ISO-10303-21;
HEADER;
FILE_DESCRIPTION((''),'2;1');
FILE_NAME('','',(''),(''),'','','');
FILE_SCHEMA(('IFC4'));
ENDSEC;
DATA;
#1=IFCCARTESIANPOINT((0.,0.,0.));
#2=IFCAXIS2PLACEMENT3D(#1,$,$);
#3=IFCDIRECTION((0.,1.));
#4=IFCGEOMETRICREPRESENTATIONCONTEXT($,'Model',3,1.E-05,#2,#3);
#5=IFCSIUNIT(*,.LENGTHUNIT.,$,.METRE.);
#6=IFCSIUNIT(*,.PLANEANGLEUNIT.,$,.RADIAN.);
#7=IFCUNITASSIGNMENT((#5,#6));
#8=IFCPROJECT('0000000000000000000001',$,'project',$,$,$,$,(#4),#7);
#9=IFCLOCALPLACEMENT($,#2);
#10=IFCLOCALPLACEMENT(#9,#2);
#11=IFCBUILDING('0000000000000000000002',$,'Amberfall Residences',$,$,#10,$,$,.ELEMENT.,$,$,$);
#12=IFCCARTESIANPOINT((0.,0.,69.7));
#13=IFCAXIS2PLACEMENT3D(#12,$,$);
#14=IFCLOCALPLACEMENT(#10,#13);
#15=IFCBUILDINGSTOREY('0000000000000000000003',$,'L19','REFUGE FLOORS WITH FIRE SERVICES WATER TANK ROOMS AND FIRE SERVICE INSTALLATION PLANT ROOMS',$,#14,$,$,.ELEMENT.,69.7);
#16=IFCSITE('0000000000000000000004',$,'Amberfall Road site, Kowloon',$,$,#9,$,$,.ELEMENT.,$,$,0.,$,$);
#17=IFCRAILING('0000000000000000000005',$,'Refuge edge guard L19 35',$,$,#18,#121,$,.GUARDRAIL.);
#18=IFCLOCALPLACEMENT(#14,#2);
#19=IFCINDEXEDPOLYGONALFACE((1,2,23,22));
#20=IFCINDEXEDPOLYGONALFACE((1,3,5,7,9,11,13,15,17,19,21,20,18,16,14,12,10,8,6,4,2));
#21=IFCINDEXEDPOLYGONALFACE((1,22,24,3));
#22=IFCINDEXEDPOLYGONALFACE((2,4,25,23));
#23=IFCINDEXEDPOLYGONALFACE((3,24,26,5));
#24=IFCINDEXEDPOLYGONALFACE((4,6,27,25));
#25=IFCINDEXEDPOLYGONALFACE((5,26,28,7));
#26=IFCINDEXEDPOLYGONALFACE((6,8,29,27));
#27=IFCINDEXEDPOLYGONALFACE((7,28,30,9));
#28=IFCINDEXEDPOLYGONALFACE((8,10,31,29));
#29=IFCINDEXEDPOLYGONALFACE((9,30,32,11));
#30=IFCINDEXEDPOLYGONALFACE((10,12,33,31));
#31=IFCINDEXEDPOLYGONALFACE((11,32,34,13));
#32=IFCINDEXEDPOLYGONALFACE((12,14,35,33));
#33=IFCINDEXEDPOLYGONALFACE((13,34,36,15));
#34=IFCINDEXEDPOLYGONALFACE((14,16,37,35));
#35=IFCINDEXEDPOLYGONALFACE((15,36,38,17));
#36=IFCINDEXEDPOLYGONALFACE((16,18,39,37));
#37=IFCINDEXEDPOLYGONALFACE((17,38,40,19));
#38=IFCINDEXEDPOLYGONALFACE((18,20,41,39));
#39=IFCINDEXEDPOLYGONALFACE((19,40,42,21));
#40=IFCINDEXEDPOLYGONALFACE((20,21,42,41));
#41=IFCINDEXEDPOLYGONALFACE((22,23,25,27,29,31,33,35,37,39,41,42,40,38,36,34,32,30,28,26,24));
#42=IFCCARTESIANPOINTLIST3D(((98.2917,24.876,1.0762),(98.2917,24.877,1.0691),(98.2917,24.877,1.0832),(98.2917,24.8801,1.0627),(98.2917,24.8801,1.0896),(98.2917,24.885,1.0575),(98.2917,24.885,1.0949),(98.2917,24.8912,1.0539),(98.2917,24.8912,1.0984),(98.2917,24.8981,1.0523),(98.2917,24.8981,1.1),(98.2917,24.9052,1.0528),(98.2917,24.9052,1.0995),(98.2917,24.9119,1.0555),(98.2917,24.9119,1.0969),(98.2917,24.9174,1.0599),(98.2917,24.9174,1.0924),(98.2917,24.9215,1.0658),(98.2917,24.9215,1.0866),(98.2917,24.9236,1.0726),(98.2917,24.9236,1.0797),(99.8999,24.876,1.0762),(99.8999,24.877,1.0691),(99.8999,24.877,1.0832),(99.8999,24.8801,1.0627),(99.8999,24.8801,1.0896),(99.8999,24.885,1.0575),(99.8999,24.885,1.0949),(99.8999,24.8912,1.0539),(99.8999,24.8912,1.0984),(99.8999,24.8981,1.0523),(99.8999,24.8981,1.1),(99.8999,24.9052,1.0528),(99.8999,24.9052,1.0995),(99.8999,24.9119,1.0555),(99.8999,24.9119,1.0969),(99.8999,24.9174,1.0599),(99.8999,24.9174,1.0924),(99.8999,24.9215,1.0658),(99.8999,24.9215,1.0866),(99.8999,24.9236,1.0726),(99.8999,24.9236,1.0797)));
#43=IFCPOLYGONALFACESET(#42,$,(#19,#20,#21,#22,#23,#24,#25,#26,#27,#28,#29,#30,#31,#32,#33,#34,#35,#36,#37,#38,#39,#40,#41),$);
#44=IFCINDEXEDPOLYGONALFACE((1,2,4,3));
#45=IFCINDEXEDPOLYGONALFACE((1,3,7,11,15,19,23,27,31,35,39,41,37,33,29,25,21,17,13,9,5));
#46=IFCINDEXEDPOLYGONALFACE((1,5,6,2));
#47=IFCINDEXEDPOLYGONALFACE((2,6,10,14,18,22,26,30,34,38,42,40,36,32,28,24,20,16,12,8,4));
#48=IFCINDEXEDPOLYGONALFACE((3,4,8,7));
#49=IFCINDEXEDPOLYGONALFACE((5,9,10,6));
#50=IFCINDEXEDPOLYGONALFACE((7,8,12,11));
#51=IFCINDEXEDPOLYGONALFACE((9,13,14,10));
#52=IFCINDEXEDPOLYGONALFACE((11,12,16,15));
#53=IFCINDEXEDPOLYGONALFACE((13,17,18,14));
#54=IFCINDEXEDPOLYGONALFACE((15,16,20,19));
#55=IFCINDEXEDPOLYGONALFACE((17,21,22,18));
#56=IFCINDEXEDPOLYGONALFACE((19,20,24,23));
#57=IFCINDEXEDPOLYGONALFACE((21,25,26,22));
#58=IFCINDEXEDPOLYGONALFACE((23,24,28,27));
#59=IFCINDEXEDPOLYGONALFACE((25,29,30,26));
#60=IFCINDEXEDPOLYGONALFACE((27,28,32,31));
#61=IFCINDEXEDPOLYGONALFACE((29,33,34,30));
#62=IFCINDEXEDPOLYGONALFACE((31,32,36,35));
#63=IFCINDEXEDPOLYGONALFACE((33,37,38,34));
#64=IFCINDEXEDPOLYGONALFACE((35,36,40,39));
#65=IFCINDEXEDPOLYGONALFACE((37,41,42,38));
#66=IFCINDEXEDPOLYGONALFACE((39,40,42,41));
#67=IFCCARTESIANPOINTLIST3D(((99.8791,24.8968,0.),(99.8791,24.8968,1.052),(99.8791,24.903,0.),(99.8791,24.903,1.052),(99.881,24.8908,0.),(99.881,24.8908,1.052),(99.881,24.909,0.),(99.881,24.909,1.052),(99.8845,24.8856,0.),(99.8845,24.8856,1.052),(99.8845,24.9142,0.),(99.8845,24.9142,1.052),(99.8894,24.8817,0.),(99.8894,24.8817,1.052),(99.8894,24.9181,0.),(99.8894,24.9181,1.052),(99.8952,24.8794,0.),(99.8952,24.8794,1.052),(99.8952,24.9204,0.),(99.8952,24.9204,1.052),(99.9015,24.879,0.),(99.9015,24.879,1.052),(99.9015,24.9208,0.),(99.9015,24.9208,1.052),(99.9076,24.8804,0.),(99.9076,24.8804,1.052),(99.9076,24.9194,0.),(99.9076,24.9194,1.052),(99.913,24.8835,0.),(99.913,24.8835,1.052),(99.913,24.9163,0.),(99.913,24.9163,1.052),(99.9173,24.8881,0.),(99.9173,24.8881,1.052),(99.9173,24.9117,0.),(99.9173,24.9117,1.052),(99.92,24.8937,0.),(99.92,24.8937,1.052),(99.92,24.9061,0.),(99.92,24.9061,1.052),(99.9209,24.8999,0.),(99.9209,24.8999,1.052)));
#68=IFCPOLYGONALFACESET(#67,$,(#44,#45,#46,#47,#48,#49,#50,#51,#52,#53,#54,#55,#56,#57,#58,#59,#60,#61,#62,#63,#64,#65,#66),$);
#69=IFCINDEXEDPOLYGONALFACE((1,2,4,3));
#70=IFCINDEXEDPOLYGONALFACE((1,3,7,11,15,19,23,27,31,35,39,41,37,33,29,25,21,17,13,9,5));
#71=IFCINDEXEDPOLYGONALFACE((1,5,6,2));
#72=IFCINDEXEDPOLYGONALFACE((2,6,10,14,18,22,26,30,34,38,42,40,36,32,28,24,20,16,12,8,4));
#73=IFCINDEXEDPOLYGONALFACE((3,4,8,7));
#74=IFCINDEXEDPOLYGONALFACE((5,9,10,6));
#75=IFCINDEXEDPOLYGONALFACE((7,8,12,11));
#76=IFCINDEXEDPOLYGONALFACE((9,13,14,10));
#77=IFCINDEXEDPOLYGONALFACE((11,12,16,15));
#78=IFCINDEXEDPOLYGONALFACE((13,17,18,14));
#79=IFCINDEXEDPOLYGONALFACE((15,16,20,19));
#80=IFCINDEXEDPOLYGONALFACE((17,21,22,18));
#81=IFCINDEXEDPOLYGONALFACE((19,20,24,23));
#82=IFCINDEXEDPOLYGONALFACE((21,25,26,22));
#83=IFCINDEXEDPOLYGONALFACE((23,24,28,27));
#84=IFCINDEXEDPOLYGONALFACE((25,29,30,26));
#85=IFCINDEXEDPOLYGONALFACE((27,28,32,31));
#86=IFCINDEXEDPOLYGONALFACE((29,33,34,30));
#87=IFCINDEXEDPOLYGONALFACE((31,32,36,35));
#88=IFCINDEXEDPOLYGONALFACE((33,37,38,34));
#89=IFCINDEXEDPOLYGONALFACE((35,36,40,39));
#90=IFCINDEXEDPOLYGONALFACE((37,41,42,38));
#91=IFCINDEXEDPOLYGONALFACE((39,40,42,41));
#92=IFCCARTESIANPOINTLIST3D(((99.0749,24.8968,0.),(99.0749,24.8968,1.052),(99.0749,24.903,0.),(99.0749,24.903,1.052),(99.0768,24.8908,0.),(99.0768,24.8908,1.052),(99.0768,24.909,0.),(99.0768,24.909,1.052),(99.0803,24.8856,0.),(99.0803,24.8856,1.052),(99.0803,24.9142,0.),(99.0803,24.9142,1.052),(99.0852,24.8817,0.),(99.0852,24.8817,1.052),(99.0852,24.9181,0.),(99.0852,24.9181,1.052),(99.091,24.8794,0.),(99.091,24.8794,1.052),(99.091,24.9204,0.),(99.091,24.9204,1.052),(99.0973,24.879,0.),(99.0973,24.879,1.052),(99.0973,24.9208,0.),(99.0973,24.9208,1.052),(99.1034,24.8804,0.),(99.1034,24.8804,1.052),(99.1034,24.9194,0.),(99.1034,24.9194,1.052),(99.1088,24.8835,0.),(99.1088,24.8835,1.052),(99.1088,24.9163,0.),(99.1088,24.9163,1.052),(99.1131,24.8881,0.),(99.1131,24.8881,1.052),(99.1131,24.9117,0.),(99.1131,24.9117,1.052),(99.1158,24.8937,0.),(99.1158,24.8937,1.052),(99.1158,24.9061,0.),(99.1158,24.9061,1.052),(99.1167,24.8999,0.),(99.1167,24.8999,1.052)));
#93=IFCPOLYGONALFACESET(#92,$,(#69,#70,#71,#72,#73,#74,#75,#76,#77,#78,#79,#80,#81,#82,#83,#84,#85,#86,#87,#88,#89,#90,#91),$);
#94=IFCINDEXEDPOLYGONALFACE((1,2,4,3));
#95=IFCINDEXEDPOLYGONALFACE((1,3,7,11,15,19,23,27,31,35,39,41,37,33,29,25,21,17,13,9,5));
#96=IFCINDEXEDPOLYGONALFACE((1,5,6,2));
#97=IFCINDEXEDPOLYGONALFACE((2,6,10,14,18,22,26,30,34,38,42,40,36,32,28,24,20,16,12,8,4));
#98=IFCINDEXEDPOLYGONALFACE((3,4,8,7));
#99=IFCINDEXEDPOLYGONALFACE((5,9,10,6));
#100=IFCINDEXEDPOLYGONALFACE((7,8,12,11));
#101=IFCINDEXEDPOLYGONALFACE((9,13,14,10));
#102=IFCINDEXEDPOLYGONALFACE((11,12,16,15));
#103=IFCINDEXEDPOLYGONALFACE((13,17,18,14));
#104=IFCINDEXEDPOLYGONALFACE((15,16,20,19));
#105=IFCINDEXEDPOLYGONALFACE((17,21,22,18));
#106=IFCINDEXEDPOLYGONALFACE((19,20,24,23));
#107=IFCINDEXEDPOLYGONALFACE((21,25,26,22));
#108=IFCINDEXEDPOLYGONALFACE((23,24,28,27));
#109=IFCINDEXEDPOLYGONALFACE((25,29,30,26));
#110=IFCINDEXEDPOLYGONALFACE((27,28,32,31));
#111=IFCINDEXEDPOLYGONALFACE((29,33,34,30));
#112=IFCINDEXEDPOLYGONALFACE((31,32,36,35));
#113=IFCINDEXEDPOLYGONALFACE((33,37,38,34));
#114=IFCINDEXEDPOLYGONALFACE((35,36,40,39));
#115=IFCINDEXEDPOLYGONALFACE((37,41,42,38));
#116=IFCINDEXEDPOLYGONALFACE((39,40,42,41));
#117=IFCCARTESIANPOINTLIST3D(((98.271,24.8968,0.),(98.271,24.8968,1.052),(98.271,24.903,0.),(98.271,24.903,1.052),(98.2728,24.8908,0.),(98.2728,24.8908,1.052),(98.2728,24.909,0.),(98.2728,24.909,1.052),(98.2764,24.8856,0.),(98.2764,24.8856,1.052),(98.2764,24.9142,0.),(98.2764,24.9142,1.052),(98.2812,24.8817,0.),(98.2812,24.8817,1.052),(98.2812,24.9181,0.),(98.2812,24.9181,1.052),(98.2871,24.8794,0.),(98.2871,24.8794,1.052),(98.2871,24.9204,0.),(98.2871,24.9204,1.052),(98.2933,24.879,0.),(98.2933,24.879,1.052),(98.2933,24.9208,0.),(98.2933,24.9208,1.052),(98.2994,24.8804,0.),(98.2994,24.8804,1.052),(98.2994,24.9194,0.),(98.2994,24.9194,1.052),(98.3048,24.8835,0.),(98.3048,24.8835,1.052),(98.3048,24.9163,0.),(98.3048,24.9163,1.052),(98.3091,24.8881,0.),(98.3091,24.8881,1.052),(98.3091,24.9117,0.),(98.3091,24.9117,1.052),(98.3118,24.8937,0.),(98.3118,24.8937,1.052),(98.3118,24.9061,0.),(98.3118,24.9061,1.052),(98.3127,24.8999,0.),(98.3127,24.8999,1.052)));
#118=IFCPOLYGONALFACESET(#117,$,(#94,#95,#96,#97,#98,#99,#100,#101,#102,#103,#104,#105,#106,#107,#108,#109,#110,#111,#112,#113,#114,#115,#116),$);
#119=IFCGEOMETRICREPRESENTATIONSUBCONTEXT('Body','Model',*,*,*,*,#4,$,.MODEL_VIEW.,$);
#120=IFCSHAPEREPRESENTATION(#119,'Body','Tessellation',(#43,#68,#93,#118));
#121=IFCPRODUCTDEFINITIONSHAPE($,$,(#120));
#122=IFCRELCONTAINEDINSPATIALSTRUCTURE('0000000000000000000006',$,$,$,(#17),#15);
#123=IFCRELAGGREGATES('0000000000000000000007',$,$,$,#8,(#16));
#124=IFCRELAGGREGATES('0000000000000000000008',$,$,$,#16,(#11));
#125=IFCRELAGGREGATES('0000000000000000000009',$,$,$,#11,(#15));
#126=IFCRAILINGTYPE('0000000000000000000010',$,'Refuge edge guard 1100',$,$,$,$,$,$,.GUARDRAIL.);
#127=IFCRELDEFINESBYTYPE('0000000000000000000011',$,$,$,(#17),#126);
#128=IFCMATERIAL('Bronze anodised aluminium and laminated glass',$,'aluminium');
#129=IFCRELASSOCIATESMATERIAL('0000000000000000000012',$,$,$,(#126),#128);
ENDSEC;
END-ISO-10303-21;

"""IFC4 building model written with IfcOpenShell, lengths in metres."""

from ifc_helpers import new_model, si_unit, direction, frame, origin, origin_2d, place, context, subcontext, project, spatial, circle, extrude, material, type_object, element, save


model = new_model("IFC4")

# Units and contexts
model_context = context("Model", 3, precision=1e-05, world=origin(), true_north=direction((0.0, 1.0)))
body_context = subcontext(model_context, "Body", "Model", "MODEL_VIEW")
ifc_project = project(units=[si_unit("LENGTHUNIT", "METRE"), si_unit("PLANEANGLEUNIT", "RADIAN")], contexts=[model_context])

# Site, building, storey
site_placement = place(None, origin())
site = spatial("IfcSite", under=ifc_project, at=site_placement, Name="Amberfall Road site, Kowloon", CompositionType="ELEMENT", RefElevation=0.0)
building_placement = place(site_placement, origin())
building = spatial("IfcBuilding", under=site, at=building_placement, Name="Amberfall Residences", CompositionType="ELEMENT")
storey_placement = place(building_placement, frame((0.0, 0.0, 69.7)))
storey = spatial("IfcBuildingStorey", under=building, at=storey_placement, Name="L19", Description="REFUGE FLOORS WITH FIRE SERVICES WATER TANK ROOMS AND FIRE SERVICE INSTALLATION PLANT ROOMS", CompositionType="ELEMENT", Elevation=69.7)

# Railing
ifc_material_1 = material(Name="Bronze anodised aluminium and laminated glass", Category="aluminium")
railing_type = type_object("IfcRailingType", Name="Refuge edge guard 1100", PredefinedType="GUARDRAIL", material=ifc_material_1)
railing_1_placement = place(storey_placement, frame((99.8999, 24.8999, 0.0)))
element("IfcRailing", 1, at=railing_1_placement, inside=storey, type_object=railing_type, Name="Refuge edge guard L19 35", PredefinedType="GUARDRAIL", context=body_context, shape_type="SweptSolid", body=[
    extrude(circle(Radius=0.0239, at=origin_2d()), frame((0.0, 0.0, 1.0762), z_axis=(-1.0, 0.0, 0.0), x_axis=(0.0, -1.0, 0.0)), (0.0, 0.0, 1.0), 1.6082),
    extrude(circle(Radius=0.021, at=origin_2d()), origin(), (0.0, 0.0, 1.0), 1.052),
    extrude(circle(Radius=0.021, at=origin_2d()), frame((-0.8042, 0.0, 0.0)), (0.0, 0.0, 1.0), 1.052),
    extrude(circle(Radius=0.021, at=origin_2d()), frame((-1.6082, 0.0, 0.0)), (0.0, 0.0, 1.0), 1.052),
])

save(model, "model.ifc")
